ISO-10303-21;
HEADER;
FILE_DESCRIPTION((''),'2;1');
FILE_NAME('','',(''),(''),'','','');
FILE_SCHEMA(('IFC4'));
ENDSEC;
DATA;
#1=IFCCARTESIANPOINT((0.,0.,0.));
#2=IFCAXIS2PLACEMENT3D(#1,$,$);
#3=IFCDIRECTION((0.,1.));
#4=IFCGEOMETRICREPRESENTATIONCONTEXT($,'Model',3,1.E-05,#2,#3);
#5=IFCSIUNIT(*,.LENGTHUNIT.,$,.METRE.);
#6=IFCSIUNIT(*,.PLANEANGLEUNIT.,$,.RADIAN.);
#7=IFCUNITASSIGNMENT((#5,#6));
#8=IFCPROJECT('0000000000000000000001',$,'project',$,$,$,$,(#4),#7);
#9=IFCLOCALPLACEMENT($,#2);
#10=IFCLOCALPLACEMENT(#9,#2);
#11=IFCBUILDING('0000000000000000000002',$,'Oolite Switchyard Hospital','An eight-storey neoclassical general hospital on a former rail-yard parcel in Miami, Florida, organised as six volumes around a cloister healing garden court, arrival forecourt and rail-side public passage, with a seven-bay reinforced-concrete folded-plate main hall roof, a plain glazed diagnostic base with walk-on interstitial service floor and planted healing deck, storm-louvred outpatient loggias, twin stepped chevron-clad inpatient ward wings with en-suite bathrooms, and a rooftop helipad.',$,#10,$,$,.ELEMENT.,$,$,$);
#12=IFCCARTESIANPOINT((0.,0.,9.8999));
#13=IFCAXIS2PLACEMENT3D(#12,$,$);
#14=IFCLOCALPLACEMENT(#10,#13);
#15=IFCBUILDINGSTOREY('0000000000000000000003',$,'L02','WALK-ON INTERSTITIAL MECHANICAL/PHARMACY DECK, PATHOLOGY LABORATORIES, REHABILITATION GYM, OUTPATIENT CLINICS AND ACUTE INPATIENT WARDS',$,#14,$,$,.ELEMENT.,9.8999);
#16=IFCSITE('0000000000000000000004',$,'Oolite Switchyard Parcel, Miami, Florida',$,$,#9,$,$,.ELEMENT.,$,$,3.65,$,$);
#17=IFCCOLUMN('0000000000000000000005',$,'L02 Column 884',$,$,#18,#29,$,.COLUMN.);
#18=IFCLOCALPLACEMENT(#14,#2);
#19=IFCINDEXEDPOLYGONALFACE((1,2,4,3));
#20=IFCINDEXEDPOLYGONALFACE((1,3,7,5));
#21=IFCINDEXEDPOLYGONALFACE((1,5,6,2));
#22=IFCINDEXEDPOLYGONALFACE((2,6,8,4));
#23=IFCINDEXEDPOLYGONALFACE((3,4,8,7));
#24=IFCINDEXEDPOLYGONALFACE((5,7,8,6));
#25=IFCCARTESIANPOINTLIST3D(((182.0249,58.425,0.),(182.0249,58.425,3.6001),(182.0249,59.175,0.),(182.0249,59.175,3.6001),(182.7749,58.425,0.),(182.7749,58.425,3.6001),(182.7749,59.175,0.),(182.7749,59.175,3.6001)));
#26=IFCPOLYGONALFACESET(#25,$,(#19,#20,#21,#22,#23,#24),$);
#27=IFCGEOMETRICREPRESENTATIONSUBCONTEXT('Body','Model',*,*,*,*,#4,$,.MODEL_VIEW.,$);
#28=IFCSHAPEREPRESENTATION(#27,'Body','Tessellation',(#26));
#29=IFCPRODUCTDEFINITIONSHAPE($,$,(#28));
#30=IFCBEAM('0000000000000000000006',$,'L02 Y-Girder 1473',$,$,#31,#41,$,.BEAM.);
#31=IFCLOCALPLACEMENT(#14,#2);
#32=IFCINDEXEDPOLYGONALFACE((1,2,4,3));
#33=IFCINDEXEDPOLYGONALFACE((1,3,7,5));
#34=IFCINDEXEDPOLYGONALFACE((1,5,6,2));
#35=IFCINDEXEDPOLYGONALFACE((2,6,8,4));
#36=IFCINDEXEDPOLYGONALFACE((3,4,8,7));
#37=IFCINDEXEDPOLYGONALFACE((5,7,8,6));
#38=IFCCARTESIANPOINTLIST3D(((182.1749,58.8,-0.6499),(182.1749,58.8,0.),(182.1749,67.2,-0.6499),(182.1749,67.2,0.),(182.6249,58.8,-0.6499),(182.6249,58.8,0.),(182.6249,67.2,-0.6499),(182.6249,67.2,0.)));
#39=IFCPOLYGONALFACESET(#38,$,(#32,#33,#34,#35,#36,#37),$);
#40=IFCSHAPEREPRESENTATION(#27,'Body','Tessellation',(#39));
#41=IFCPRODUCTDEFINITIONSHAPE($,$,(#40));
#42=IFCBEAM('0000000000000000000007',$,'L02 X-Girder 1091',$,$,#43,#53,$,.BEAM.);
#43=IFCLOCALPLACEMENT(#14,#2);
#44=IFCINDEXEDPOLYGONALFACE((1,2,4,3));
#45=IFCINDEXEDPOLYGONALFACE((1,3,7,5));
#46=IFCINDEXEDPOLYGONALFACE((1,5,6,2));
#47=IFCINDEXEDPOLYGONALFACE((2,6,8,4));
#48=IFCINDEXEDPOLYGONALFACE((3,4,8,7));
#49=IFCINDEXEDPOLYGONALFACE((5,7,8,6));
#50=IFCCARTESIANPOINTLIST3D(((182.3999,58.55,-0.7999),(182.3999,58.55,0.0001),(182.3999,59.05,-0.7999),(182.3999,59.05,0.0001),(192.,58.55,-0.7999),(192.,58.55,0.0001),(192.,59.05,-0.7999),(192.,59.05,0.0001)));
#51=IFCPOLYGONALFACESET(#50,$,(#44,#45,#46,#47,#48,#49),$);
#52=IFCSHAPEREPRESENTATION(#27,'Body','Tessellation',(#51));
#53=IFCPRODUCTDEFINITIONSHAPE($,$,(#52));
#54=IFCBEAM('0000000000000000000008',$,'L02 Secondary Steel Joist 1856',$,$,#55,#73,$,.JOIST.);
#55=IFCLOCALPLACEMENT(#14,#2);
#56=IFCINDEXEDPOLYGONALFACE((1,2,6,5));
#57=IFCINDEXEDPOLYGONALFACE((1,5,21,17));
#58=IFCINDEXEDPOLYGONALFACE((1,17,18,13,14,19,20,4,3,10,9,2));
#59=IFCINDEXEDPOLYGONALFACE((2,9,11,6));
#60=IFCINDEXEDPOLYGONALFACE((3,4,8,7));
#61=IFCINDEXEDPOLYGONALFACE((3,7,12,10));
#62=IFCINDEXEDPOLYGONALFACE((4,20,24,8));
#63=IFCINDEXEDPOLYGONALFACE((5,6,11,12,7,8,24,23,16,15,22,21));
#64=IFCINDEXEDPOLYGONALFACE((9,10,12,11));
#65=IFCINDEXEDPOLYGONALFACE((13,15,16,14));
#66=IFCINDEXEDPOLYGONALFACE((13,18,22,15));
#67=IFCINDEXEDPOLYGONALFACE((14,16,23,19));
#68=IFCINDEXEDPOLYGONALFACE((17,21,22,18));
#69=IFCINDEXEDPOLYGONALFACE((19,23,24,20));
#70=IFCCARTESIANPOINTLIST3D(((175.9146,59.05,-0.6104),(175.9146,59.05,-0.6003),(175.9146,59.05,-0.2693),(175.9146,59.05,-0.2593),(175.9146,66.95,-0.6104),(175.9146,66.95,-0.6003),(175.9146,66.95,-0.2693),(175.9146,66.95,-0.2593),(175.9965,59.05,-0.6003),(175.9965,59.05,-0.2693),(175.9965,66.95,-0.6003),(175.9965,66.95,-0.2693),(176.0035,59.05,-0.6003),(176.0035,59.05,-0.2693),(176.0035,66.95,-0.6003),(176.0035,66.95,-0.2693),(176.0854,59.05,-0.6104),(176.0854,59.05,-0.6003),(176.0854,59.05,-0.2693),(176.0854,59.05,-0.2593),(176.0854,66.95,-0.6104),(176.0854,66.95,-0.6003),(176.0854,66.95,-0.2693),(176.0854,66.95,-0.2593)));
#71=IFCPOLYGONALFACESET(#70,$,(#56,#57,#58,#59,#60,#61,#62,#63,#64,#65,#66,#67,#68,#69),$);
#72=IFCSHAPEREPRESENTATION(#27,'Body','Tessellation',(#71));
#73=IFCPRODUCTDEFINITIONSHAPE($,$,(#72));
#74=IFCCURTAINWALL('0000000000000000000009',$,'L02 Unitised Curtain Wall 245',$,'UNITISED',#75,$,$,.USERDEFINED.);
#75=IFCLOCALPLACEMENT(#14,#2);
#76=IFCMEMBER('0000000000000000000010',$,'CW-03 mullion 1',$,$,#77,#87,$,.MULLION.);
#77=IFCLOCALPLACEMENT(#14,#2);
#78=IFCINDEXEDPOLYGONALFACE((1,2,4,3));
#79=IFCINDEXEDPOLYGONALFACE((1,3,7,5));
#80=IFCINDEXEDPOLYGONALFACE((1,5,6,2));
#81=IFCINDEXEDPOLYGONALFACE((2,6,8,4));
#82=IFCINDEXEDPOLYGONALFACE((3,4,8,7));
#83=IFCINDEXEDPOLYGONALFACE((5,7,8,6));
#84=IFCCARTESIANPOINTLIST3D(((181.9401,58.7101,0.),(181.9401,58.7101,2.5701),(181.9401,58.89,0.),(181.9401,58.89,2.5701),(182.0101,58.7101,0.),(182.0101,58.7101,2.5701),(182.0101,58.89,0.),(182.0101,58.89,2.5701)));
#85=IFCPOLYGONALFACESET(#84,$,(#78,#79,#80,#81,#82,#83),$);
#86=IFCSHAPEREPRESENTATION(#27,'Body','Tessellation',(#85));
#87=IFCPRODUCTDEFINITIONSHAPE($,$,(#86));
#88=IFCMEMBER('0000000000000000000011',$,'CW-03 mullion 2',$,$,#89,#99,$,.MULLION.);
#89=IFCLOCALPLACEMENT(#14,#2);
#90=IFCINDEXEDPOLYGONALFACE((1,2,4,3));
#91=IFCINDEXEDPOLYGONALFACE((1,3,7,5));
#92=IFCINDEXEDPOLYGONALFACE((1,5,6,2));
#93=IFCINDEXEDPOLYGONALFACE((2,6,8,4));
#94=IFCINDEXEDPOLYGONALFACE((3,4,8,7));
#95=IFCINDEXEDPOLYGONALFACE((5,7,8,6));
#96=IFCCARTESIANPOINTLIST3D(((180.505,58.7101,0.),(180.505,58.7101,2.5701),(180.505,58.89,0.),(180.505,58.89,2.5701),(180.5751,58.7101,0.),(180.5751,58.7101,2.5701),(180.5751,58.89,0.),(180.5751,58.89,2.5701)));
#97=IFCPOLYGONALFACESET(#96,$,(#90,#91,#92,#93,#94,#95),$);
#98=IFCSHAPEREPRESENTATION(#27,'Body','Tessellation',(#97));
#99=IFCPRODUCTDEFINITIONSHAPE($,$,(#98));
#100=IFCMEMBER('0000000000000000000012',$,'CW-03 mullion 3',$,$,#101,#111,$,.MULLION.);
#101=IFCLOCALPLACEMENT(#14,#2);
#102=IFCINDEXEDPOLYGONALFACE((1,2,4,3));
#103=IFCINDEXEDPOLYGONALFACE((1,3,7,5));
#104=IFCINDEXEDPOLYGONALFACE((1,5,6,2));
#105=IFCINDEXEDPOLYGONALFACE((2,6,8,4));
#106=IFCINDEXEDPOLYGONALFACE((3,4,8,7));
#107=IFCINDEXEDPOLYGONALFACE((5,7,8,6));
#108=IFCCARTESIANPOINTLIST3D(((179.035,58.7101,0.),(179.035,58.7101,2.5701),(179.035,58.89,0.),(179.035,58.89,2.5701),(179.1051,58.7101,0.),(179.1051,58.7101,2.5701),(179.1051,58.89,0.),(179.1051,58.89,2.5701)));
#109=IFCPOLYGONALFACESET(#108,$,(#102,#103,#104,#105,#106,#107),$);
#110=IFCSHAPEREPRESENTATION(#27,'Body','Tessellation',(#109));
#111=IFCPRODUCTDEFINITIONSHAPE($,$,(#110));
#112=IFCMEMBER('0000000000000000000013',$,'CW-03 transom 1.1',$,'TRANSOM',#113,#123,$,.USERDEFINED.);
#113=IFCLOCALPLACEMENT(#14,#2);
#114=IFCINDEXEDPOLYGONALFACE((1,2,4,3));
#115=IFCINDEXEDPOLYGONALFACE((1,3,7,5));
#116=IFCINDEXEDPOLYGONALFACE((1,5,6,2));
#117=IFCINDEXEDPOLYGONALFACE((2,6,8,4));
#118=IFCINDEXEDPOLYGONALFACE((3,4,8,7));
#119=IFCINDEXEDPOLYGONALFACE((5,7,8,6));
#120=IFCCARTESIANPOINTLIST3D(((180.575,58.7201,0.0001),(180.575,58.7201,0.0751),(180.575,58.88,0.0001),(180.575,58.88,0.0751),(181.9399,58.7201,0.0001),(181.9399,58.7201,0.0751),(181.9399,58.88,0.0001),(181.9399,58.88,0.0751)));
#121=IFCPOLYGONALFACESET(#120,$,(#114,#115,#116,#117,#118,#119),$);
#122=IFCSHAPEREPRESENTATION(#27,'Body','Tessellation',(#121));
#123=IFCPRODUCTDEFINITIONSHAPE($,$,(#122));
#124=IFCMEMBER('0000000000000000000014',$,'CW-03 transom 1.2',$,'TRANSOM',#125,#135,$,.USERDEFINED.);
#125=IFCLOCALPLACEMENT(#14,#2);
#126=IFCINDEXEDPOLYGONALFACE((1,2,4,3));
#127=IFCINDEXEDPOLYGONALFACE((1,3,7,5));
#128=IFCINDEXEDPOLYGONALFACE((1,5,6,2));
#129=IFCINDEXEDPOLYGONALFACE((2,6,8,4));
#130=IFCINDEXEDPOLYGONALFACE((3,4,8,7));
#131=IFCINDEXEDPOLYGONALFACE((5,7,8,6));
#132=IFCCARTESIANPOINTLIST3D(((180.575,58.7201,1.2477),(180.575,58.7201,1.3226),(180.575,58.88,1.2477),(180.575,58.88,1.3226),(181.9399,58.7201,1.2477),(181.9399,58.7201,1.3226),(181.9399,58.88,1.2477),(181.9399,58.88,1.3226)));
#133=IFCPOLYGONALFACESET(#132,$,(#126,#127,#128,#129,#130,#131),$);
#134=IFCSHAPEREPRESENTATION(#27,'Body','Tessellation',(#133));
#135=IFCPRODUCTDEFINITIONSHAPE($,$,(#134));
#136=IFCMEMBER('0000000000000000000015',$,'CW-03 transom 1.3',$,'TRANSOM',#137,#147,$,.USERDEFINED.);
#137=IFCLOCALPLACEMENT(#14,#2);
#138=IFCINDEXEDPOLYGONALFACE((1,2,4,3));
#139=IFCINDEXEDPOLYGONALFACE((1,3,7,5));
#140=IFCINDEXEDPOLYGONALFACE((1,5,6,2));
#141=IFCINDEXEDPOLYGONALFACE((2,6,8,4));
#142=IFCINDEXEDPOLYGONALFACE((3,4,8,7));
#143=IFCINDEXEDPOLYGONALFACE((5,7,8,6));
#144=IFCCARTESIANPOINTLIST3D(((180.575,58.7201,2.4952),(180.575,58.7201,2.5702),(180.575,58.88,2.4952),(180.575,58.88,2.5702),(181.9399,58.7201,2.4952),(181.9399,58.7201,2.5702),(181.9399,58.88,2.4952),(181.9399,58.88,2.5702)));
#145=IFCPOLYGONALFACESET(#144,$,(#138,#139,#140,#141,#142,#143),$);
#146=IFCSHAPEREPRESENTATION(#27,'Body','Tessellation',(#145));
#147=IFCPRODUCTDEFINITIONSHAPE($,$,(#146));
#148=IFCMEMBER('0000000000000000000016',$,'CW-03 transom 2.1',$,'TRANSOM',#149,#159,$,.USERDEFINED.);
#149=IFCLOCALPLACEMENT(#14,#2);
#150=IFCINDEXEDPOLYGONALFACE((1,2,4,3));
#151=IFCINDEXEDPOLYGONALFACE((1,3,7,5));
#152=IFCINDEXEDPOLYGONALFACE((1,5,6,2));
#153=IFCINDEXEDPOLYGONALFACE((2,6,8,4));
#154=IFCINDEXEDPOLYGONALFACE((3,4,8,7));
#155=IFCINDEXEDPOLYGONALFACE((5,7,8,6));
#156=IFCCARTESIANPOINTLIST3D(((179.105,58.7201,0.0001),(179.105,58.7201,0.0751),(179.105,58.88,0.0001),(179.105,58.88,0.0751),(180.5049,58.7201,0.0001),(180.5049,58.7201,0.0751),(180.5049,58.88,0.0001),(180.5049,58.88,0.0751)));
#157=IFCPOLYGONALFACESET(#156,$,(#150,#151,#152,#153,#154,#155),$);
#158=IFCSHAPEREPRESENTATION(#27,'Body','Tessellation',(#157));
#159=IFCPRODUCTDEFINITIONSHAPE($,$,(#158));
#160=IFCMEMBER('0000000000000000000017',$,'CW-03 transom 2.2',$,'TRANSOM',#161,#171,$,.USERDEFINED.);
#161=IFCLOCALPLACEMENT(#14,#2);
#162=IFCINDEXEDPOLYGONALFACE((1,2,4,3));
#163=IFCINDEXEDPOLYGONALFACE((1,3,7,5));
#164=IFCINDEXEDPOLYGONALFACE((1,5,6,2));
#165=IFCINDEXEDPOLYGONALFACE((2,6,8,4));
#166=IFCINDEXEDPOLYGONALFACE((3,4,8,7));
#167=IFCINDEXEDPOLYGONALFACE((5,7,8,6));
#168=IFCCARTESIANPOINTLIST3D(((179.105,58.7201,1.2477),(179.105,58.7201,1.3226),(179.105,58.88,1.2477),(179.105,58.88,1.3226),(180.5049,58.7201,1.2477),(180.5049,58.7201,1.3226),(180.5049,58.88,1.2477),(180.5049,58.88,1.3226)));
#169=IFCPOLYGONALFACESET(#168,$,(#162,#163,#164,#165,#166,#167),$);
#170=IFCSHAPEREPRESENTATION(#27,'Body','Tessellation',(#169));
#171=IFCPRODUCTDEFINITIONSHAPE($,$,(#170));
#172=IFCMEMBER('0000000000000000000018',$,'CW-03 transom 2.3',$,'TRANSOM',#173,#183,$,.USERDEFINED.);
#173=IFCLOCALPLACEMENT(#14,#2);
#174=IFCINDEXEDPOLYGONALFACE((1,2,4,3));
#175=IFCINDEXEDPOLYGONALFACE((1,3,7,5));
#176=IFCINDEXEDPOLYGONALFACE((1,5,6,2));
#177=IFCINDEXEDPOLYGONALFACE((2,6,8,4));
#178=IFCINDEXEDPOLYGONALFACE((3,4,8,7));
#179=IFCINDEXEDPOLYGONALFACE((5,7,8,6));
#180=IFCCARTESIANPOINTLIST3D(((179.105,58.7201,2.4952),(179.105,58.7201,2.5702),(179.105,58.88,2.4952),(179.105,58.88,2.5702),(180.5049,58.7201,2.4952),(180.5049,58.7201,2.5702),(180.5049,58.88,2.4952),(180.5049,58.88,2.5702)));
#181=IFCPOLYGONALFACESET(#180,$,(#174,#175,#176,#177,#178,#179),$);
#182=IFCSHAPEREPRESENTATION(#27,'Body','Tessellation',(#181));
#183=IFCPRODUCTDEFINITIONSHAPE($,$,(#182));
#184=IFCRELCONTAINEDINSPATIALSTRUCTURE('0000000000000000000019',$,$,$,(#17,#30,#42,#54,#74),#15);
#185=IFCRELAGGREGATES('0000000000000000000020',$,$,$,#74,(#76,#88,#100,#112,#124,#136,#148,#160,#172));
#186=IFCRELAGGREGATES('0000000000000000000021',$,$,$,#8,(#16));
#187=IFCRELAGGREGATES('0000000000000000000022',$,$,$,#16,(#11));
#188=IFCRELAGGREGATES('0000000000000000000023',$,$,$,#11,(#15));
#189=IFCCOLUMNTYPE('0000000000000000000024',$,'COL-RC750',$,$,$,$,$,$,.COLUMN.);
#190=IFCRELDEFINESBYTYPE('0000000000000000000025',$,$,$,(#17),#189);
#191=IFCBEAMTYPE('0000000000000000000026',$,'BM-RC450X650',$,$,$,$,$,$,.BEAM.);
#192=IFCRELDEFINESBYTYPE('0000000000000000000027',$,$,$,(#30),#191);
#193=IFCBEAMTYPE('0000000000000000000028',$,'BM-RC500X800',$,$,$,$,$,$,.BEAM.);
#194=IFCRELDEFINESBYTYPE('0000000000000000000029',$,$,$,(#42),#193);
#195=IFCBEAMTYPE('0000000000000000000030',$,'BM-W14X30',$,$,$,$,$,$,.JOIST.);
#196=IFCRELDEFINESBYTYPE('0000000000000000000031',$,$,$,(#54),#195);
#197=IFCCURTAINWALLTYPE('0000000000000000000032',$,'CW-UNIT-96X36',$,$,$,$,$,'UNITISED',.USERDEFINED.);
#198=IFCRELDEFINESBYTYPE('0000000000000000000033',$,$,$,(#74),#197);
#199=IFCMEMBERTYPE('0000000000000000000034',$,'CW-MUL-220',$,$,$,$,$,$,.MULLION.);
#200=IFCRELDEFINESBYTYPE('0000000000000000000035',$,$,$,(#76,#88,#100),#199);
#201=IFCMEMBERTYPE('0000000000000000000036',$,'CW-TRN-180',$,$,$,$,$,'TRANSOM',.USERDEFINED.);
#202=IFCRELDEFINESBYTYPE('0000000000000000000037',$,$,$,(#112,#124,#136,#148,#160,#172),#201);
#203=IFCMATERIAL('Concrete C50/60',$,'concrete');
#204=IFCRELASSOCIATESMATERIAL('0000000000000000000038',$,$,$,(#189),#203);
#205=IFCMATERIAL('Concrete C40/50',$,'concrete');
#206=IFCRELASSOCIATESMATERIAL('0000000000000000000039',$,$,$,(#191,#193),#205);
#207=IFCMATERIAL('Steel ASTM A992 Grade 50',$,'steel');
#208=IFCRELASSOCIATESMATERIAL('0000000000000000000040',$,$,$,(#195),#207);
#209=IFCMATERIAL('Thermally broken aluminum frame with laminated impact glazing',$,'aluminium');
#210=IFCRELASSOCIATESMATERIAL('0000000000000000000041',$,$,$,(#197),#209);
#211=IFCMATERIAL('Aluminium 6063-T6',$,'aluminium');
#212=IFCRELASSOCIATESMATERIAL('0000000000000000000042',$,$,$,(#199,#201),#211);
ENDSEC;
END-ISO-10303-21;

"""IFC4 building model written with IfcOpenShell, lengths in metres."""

from ifc_helpers import new_model, si_unit, direction, frame, origin, origin_2d, place, context, subcontext, project, spatial, rectangle, i_section, extrude, material, material_profile, profile_set, type_object, element, aggregate, save


model = new_model("IFC4")

# Units and contexts
model_context = context("Model", 3, precision=1e-05, world=origin(), true_north=direction((0.0, 1.0)))
body_context = subcontext(model_context, "Body", "Model", "MODEL_VIEW")
ifc_project = project(units=[si_unit("LENGTHUNIT", "METRE"), si_unit("PLANEANGLEUNIT", "RADIAN")], contexts=[model_context])

# Site, building, storey
site_placement = place(None, origin())
site = spatial("IfcSite", under=ifc_project, at=site_placement, Name="Oolite Switchyard Parcel, Miami, Florida", CompositionType="ELEMENT", RefElevation=3.65)
building_placement = place(site_placement, origin())
building = spatial("IfcBuilding", under=site, at=building_placement, Name="Oolite Switchyard Hospital", Description="An eight-storey neoclassical general hospital on a former rail-yard parcel in Miami, Florida, organised as six volumes around a cloister healing garden court, arrival forecourt and rail-side public passage, with a seven-bay reinforced-concrete folded-plate main hall roof, a plain glazed diagnostic base with walk-on interstitial service floor and planted healing deck, storm-louvred outpatient loggias, twin stepped chevron-clad inpatient ward wings with en-suite bathrooms, and a rooftop helipad.", CompositionType="ELEMENT")
storey_placement = place(building_placement, frame((0.0, 0.0, 9.8999)))
storey = spatial("IfcBuildingStorey", under=building, at=storey_placement, Name="L02", Description="WALK-ON INTERSTITIAL MECHANICAL/PHARMACY DECK, PATHOLOGY LABORATORIES, REHABILITATION GYM, OUTPATIENT CLINICS AND ACUTE INPATIENT WARDS", CompositionType="ELEMENT", Elevation=9.8999)

# Column
ifc_material_1 = material(Name="Concrete C50/60", Category="concrete")
ifc_material_profile_1 = material_profile(ifc_material_1, rectangle(XDim=0.75, YDim=0.75, at=origin_2d()), Name="RC750X750")
ifc_profile_set_1 = profile_set([ifc_material_profile_1], Name="Concrete C50/60")
column_type = type_object("IfcColumnType", Name="COL-RC750", PredefinedType="COLUMN", material=ifc_profile_set_1)
column_placement = place(storey_placement, frame((182.3999, 58.8, 0.0), z_axis=(0.0, 0.0, 1.0), x_axis=(1.0, 0.0, 0.0)))
element("IfcColumn", 1, at=column_placement, inside=storey, type_object=column_type, Name="L02 Column 884", PredefinedType="COLUMN", context=body_context, shape_type="SweptSolid", body=[
    extrude(rectangle(XDim=0.75, YDim=0.75, at=origin_2d()), origin(), (0.0, 0.0, 1.0), 3.6001),
])

# Beams
ifc_material_2 = material(Name="Concrete C40/50", Category="concrete")
ifc_material_profile_2 = material_profile(ifc_material_2, rectangle(XDim=0.45, YDim=0.6499, at=origin_2d()), Name="RCB450X650")
ifc_profile_set_2 = profile_set([ifc_material_profile_2], Name="Concrete C40/50")
beam_type_1 = type_object("IfcBeamType", Name="BM-RC450X650", PredefinedType="BEAM", material=ifc_profile_set_2)
beam_1_placement = place(storey_placement, frame((182.3999, 58.8, -0.325), z_axis=(0.0, 1.0, 0.0), x_axis=(-1.0, 0.0, 0.0)))
element("IfcBeam", 2, at=beam_1_placement, inside=storey, type_object=beam_type_1, Name="L02 Y-Girder 1473", PredefinedType="BEAM", context=body_context, shape_type="SweptSolid", body=[
    extrude(rectangle(XDim=0.45, YDim=0.6499, at=origin_2d()), origin(), (0.0, 0.0, 1.0), 8.3999),
])
ifc_material_profile_3 = material_profile(ifc_material_2, rectangle(XDim=0.5, YDim=0.8, at=origin_2d()), Name="RCB500X800")
ifc_profile_set_3 = profile_set([ifc_material_profile_3], Name="Concrete C40/50")
beam_type_2 = type_object("IfcBeamType", Name="BM-RC500X800", PredefinedType="BEAM", material=ifc_profile_set_3)
beam_2_placement = place(storey_placement, frame((182.3999, 58.8, -0.3999), z_axis=(1.0, 0.0, 0.0), x_axis=(0.0, 1.0, 0.0)))
element("IfcBeam", 3, at=beam_2_placement, inside=storey, type_object=beam_type_2, Name="L02 X-Girder 1091", PredefinedType="BEAM", context=body_context, shape_type="SweptSolid", body=[
    extrude(rectangle(XDim=0.5, YDim=0.8, at=origin_2d()), origin(), (0.0, 0.0, 1.0), 9.6001),
])
ifc_material_3 = material(Name="Steel ASTM A992 Grade 50", Category="steel")
ifc_material_profile_4 = material_profile(ifc_material_3, i_section(OverallWidth=0.1709, OverallDepth=0.3511, WebThickness=0.0071, FlangeThickness=0.01, at=origin_2d()), Name="W14X30")
ifc_profile_set_4 = profile_set([ifc_material_profile_4], Name="Steel ASTM A992 Grade 50")
beam_type_3 = type_object("IfcBeamType", Name="BM-W14X30", PredefinedType="JOIST", material=ifc_profile_set_4)
beam_3_placement = place(storey_placement, frame((176.0, 59.05, -0.4348), z_axis=(0.0, 1.0, 0.0), x_axis=(-1.0, 0.0, 0.0)))
element("IfcBeam", 4, at=beam_3_placement, inside=storey, type_object=beam_type_3, Name="L02 Secondary Steel Joist 1856", PredefinedType="JOIST", context=body_context, shape_type="SweptSolid", body=[
    extrude(i_section(OverallWidth=0.1709, OverallDepth=0.3511, WebThickness=0.0071, FlangeThickness=0.01, at=origin_2d()), origin(), (0.0, 0.0, 1.0), 7.8999),
])

# Curtain wall, members
ifc_material_4 = material(Name="Thermally broken aluminum frame with laminated impact glazing", Category="aluminium")
curtain_wall_type = type_object("IfcCurtainWallType", Name="CW-UNIT-96X36", ElementType="UNITISED", PredefinedType="USERDEFINED", material=ifc_material_4)
curtain_wall_placement = place(storey_placement, origin())
curtain_wall = element("IfcCurtainWall", 5, at=curtain_wall_placement, inside=storey, type_object=curtain_wall_type, Name="L02 Unitised Curtain Wall 245", ObjectType="UNITISED", PredefinedType="USERDEFINED")
ifc_material_5 = material(Name="Aluminium 6063-T6", Category="aluminium")
ifc_material_profile_5 = material_profile(ifc_material_5, rectangle(XDim=0.1799, YDim=0.0701, at=origin_2d()), Name="CWM70X180")
ifc_profile_set_5 = profile_set([ifc_material_profile_5], Name="Aluminium 6063-T6")
member_type_1 = type_object("IfcMemberType", Name="CW-MUL-220", PredefinedType="MULLION", material=ifc_profile_set_5)
member_1_placement = place(storey_placement, frame((181.9751, 58.8, 0.0), z_axis=(0.0, 0.0, 1.0), x_axis=(0.0, -1.0, 0.0)))
member_1 = element("IfcMember", 6, at=member_1_placement, type_object=member_type_1, Name="CW-03 mullion 1", PredefinedType="MULLION", context=body_context, shape_type="SweptSolid", body=[
    extrude(rectangle(XDim=0.1799, YDim=0.0701, at=origin_2d()), origin(), (0.0, 0.0, 1.0), 2.5701),
])
member_2_placement = place(storey_placement, frame((180.54, 58.8, 0.0), z_axis=(0.0, 0.0, 1.0), x_axis=(0.0, -1.0, 0.0)))
member_2 = element("IfcMember", 7, at=member_2_placement, type_object=member_type_1, Name="CW-03 mullion 2", PredefinedType="MULLION", context=body_context, shape_type="SweptSolid", body=[
    extrude(rectangle(XDim=0.1799, YDim=0.0701, at=origin_2d()), origin(), (0.0, 0.0, 1.0), 2.5701),
])
member_3_placement = place(storey_placement, frame((179.0701, 58.8, 0.0), z_axis=(0.0, 0.0, 1.0), x_axis=(0.0, -1.0, 0.0)))
member_3 = element("IfcMember", 8, at=member_3_placement, type_object=member_type_1, Name="CW-03 mullion 3", PredefinedType="MULLION", context=body_context, shape_type="SweptSolid", body=[
    extrude(rectangle(XDim=0.1799, YDim=0.0701, at=origin_2d()), origin(), (0.0, 0.0, 1.0), 2.5701),
])
ifc_material_profile_6 = material_profile(ifc_material_5, rectangle(XDim=0.1599, YDim=0.075, at=origin_2d()), Name="CWT75X160")
ifc_profile_set_6 = profile_set([ifc_material_profile_6], Name="Aluminium 6063-T6")
member_type_2 = type_object("IfcMemberType", Name="CW-TRN-180", ElementType="TRANSOM", PredefinedType="USERDEFINED", material=ifc_profile_set_6)
member_4_placement = place(storey_placement, frame((181.9399, 58.8, 0.0376), z_axis=(-1.0, 0.0, 0.0), x_axis=(0.0, -1.0, 0.0)))
member_4 = element("IfcMember", 9, at=member_4_placement, type_object=member_type_2, Name="CW-03 transom 1.1", ObjectType="TRANSOM", PredefinedType="USERDEFINED", context=body_context, shape_type="SweptSolid", body=[
    extrude(rectangle(XDim=0.1599, YDim=0.075, at=origin_2d()), origin(), (0.0, 0.0, 1.0), 1.365),
])
member_5_placement = place(storey_placement, frame((181.9399, 58.8, 1.2852), z_axis=(-1.0, 0.0, 0.0), x_axis=(0.0, -1.0, 0.0)))
member_5 = element("IfcMember", 10, at=member_5_placement, type_object=member_type_2, Name="CW-03 transom 1.2", ObjectType="TRANSOM", PredefinedType="USERDEFINED", context=body_context, shape_type="SweptSolid", body=[
    extrude(rectangle(XDim=0.1599, YDim=0.075, at=origin_2d()), origin(), (0.0, 0.0, 1.0), 1.365),
])
member_6_placement = place(storey_placement, frame((181.9399, 58.8, 2.5327), z_axis=(-1.0, 0.0, 0.0), x_axis=(0.0, -1.0, 0.0)))
member_6 = element("IfcMember", 11, at=member_6_placement, type_object=member_type_2, Name="CW-03 transom 1.3", ObjectType="TRANSOM", PredefinedType="USERDEFINED", context=body_context, shape_type="SweptSolid", body=[
    extrude(rectangle(XDim=0.1599, YDim=0.075, at=origin_2d()), origin(), (0.0, 0.0, 1.0), 1.365),
])
member_7_placement = place(storey_placement, frame((180.5049, 58.8, 0.0376), z_axis=(-1.0, 0.0, 0.0), x_axis=(0.0, -1.0, 0.0)))
member_7 = element("IfcMember", 12, at=member_7_placement, type_object=member_type_2, Name="CW-03 transom 2.1", ObjectType="TRANSOM", PredefinedType="USERDEFINED", context=body_context, shape_type="SweptSolid", body=[
    extrude(rectangle(XDim=0.1599, YDim=0.075, at=origin_2d()), origin(), (0.0, 0.0, 1.0), 1.3999),
])
member_8_placement = place(storey_placement, frame((180.5049, 58.8, 1.2852), z_axis=(-1.0, 0.0, 0.0), x_axis=(0.0, -1.0, 0.0)))
member_8 = element("IfcMember", 13, at=member_8_placement, type_object=member_type_2, Name="CW-03 transom 2.2", ObjectType="TRANSOM", PredefinedType="USERDEFINED", context=body_context, shape_type="SweptSolid", body=[
    extrude(rectangle(XDim=0.1599, YDim=0.075, at=origin_2d()), origin(), (0.0, 0.0, 1.0), 1.3999),
])
member_9_placement = place(storey_placement, frame((180.5049, 58.8, 2.5327), z_axis=(-1.0, 0.0, 0.0), x_axis=(0.0, -1.0, 0.0)))
member_9 = element("IfcMember", 14, at=member_9_placement, type_object=member_type_2, Name="CW-03 transom 2.3", ObjectType="TRANSOM", PredefinedType="USERDEFINED", context=body_context, shape_type="SweptSolid", body=[
    extrude(rectangle(XDim=0.1599, YDim=0.075, at=origin_2d()), origin(), (0.0, 0.0, 1.0), 1.3999),
])
aggregate(curtain_wall, [member_1, member_2, member_3, member_4, member_5, member_6, member_7, member_8, member_9])

save(model, "model.ifc")
